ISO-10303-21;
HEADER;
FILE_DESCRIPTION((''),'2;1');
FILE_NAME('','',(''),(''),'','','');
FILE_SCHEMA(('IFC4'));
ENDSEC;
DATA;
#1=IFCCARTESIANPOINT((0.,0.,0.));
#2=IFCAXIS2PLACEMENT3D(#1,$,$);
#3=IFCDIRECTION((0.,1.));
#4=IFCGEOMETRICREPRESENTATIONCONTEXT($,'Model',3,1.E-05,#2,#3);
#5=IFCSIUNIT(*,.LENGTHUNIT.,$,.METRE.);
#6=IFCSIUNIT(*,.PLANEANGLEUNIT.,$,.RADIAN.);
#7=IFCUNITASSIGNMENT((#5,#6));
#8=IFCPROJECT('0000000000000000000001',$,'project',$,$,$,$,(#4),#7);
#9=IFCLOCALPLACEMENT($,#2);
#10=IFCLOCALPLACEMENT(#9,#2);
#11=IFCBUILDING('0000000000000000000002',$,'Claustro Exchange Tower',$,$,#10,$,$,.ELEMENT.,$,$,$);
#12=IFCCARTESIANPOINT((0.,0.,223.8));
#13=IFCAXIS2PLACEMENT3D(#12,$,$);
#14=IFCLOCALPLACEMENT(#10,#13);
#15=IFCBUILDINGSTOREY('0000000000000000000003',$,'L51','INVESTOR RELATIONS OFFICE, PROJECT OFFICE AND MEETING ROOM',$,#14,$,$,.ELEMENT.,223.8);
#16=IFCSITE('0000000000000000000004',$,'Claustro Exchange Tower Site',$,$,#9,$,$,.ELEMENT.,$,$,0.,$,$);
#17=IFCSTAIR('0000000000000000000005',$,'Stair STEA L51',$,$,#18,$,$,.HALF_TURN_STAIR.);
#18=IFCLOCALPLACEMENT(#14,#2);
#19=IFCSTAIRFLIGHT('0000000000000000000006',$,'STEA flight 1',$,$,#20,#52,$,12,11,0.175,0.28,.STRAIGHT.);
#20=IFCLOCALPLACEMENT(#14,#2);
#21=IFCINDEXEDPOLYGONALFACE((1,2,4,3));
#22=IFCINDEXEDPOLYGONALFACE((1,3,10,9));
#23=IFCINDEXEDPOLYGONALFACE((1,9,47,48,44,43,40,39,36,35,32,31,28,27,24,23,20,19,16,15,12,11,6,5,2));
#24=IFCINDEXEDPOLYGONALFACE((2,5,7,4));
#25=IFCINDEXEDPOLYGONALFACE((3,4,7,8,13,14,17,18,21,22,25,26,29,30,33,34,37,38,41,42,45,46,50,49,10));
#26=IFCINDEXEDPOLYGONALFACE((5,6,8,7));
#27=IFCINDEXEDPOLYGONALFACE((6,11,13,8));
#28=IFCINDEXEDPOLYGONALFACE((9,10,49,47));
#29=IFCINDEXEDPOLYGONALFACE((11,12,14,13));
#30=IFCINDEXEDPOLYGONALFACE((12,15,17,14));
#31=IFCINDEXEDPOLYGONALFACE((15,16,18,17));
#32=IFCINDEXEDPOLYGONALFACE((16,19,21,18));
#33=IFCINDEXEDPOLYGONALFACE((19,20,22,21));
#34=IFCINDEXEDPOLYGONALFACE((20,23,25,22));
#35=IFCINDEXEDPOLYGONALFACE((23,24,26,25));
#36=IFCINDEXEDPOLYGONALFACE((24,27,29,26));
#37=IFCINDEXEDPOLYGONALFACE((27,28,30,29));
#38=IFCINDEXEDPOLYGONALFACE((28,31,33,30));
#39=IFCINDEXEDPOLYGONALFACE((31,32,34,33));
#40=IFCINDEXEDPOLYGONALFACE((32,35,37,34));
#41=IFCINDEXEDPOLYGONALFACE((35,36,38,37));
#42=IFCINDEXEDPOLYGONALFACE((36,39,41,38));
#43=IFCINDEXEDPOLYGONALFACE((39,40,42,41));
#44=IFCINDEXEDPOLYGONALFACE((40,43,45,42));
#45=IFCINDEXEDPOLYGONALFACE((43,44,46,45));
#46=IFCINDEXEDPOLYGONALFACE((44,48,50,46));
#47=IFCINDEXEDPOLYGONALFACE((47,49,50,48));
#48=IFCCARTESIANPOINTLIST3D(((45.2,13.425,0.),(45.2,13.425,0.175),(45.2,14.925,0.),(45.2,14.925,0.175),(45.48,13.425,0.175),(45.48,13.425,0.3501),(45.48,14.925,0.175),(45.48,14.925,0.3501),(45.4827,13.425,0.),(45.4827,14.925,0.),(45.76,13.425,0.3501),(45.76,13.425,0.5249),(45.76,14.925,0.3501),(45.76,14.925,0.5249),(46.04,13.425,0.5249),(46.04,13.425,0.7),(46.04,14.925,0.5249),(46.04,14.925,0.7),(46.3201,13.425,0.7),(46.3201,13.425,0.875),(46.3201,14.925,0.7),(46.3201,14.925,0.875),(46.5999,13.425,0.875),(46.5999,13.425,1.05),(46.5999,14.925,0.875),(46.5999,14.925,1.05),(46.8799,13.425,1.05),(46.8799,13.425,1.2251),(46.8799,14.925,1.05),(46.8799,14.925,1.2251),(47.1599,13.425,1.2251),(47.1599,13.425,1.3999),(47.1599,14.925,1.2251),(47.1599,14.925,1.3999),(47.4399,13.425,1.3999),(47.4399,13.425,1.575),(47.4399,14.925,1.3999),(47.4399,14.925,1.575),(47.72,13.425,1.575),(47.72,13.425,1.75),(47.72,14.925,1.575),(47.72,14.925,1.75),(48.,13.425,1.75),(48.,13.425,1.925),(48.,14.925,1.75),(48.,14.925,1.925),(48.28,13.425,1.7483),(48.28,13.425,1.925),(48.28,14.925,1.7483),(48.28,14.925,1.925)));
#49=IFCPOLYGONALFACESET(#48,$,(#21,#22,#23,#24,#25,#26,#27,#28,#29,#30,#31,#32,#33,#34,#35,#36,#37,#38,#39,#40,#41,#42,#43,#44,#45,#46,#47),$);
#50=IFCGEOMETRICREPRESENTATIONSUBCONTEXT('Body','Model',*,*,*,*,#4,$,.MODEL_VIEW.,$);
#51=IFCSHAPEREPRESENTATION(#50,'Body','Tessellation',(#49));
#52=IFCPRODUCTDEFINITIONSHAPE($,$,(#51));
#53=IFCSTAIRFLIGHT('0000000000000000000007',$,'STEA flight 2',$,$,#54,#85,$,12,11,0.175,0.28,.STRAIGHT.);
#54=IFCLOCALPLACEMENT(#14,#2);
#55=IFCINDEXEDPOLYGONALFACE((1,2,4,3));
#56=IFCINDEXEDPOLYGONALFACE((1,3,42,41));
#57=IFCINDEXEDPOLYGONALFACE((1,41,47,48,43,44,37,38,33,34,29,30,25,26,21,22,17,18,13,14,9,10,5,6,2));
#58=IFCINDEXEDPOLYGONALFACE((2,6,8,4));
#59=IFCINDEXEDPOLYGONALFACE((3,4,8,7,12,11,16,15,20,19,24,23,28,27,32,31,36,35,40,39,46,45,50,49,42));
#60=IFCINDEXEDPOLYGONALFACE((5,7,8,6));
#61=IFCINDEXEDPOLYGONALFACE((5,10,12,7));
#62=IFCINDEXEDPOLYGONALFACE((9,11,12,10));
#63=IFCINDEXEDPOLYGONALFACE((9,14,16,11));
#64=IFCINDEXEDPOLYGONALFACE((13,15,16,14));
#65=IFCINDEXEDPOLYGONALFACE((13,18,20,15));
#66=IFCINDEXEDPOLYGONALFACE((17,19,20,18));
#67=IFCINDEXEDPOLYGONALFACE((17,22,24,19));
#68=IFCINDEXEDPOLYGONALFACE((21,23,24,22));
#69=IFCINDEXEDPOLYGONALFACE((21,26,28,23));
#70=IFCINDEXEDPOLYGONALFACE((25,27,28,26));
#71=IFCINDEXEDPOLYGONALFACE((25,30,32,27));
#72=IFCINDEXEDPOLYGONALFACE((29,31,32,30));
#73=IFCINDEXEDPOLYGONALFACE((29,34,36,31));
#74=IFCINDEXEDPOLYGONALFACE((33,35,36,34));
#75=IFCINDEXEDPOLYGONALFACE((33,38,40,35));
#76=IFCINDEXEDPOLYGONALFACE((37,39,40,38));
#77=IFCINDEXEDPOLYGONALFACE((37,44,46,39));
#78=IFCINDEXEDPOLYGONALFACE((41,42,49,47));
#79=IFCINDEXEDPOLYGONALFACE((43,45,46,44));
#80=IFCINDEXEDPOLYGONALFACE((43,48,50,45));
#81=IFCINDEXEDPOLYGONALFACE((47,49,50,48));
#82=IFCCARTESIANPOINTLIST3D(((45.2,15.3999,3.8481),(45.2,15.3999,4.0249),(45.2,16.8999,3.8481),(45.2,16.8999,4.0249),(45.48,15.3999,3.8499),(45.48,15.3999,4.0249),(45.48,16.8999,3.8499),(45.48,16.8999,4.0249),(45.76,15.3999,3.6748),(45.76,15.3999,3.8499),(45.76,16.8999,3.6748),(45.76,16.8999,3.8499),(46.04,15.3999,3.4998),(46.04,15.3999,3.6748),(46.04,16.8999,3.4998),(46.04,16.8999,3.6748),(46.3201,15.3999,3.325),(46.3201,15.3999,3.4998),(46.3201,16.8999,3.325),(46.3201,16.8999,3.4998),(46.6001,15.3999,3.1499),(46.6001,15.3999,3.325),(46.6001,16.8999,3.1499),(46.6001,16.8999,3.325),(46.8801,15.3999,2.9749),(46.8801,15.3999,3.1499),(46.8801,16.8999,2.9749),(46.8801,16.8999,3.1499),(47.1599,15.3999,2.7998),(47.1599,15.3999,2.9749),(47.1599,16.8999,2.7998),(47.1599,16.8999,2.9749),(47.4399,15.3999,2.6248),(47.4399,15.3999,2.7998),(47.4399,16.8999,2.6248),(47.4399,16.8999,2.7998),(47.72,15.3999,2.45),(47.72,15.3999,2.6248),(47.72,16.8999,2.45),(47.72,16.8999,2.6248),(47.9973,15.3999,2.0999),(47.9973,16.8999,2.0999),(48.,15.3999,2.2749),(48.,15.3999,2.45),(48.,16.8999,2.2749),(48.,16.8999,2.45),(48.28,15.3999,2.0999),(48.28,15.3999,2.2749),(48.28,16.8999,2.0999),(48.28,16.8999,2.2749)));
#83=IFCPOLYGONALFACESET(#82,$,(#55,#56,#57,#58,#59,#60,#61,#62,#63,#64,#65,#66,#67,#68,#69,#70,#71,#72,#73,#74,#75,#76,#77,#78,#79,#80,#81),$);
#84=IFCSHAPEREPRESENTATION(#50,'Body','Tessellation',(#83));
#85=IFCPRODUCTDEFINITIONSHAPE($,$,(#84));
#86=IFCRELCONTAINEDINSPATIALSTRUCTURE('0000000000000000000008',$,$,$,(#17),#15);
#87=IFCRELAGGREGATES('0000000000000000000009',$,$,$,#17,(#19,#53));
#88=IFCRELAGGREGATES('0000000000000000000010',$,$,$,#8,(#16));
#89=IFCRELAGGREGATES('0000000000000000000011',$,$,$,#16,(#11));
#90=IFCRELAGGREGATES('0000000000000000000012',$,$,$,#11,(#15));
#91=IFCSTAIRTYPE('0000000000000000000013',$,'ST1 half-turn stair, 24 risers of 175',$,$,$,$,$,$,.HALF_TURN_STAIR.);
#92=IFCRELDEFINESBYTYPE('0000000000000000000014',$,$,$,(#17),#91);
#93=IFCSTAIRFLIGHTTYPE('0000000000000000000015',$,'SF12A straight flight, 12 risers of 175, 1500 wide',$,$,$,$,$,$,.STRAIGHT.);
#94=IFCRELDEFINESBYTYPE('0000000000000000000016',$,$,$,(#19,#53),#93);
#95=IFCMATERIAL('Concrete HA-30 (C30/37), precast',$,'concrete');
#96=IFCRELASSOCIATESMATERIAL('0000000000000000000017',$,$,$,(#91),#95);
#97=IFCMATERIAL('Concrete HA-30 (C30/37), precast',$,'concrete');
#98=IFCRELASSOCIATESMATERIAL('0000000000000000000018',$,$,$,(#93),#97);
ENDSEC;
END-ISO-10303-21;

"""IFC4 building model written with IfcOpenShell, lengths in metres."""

from ifc_helpers import new_model, si_unit, direction, frame, origin, place, context, subcontext, project, spatial, polyline, outline, extrude, material, type_object, element, aggregate, save


model = new_model("IFC4")

# Units and contexts
model_context = context("Model", 3, precision=1e-05, world=origin(), true_north=direction((0.0, 1.0)))
body_context = subcontext(model_context, "Body", "Model", "MODEL_VIEW")
ifc_project = project(units=[si_unit("LENGTHUNIT", "METRE"), si_unit("PLANEANGLEUNIT", "RADIAN")], contexts=[model_context])

# Site, building, storey
site_placement = place(None, origin())
site = spatial("IfcSite", under=ifc_project, at=site_placement, Name="Claustro Exchange Tower Site", CompositionType="ELEMENT", RefElevation=0.0)
building_placement = place(site_placement, origin())
building = spatial("IfcBuilding", under=site, at=building_placement, Name="Claustro Exchange Tower", CompositionType="ELEMENT")
storey_placement = place(building_placement, frame((0.0, 0.0, 223.8)))
storey = spatial("IfcBuildingStorey", under=building, at=storey_placement, Name="L51", Description="INVESTOR RELATIONS OFFICE, PROJECT OFFICE AND MEETING ROOM", CompositionType="ELEMENT", Elevation=223.8)

# Stair, stair flights
ifc_material_1 = material(Name="Concrete HA-30 (C30/37), precast", Category="concrete")
stair_type = type_object("IfcStairType", Name="ST1 half-turn stair, 24 risers of 175", PredefinedType="HALF_TURN_STAIR", material=ifc_material_1)
stair_placement = place(storey_placement, origin())
stair = element("IfcStair", 1, at=stair_placement, inside=storey, type_object=stair_type, Name="Stair STEA L51", PredefinedType="HALF_TURN_STAIR")
ifc_material_2 = material(Name="Concrete HA-30 (C30/37), precast", Category="concrete")
stair_flight_type = type_object("IfcStairFlightType", Name="SF12A straight flight, 12 risers of 175, 1500 wide", PredefinedType="STRAIGHT", material=ifc_material_2)
stair_flight_1_placement = place(storey_placement, frame((45.2, 14.175, 0.0), z_axis=(0.0, 0.0, 1.0), x_axis=(1.0, 0.0, 0.0)))
stair_flight_1 = element("IfcStairFlight", 2, at=stair_flight_1_placement, type_object=stair_flight_type, Name="STEA flight 1", NumberOfRisers=12, NumberOfTreads=11, PredefinedType="STRAIGHT", RiserHeight=0.175, TreadLength=0.28, context=body_context, shape_type="SweptSolid", body=[
    extrude(outline(polyline([(0.0, 0.0), (0.0, 0.175), (0.28, 0.175), (0.28, 0.3501), (0.5601, 0.3501), (0.5601, 0.5249), (0.8401, 0.5249), (0.8401, 0.7), (1.1201, 0.7), (1.1201, 0.875), (1.3999, 0.875), (1.3999, 1.05), (1.6799, 1.05), (1.6799, 1.2251), (1.96, 1.2251), (1.96, 1.3999), (2.24, 1.3999), (2.24, 1.575), (2.52, 1.575), (2.52, 1.75), (2.8, 1.75), (2.8, 1.925), (3.0801, 1.925), (3.0801, 2.1001), (3.0801, 1.7483), (0.2827, 0.0), (0.0, 0.0)])), frame((0.0, 0.75, 0.0), z_axis=(0.0, -1.0, 0.0), x_axis=(1.0, 0.0, 0.0)), (0.0, 0.0, 1.0), 1.5),
])
stair_flight_2_placement = place(storey_placement, frame((48.28, 16.1499, 2.0999), z_axis=(0.0, 0.0, 1.0), x_axis=(-1.0, 0.0, 0.0)))
stair_flight_2 = element("IfcStairFlight", 3, at=stair_flight_2_placement, type_object=stair_flight_type, Name="STEA flight 2", NumberOfRisers=12, NumberOfTreads=11, PredefinedType="STRAIGHT", RiserHeight=0.175, TreadLength=0.28, context=body_context, shape_type="SweptSolid", body=[
    extrude(outline(polyline([(0.0, 0.0), (0.0, 0.175), (0.28, 0.175), (0.28, 0.3501), (0.5601, 0.3501), (0.5601, 0.5249), (0.8401, 0.5249), (0.8401, 0.7), (1.1201, 0.7), (1.1201, 0.875), (1.3999, 0.875), (1.3999, 1.05), (1.6799, 1.05), (1.6799, 1.2251), (1.96, 1.2251), (1.96, 1.3999), (2.24, 1.3999), (2.24, 1.575), (2.52, 1.575), (2.52, 1.75), (2.8, 1.75), (2.8, 1.925), (3.0801, 1.925), (3.0801, 2.1001), (3.0801, 1.7483), (0.2827, 0.0), (0.0, 0.0)])), frame((0.0, 0.75, 0.0), z_axis=(0.0, -1.0, 0.0), x_axis=(1.0, 0.0, 0.0)), (0.0, 0.0, 1.0), 1.5),
])
aggregate(stair, [stair_flight_1, stair_flight_2])

save(model, "model.ifc")
